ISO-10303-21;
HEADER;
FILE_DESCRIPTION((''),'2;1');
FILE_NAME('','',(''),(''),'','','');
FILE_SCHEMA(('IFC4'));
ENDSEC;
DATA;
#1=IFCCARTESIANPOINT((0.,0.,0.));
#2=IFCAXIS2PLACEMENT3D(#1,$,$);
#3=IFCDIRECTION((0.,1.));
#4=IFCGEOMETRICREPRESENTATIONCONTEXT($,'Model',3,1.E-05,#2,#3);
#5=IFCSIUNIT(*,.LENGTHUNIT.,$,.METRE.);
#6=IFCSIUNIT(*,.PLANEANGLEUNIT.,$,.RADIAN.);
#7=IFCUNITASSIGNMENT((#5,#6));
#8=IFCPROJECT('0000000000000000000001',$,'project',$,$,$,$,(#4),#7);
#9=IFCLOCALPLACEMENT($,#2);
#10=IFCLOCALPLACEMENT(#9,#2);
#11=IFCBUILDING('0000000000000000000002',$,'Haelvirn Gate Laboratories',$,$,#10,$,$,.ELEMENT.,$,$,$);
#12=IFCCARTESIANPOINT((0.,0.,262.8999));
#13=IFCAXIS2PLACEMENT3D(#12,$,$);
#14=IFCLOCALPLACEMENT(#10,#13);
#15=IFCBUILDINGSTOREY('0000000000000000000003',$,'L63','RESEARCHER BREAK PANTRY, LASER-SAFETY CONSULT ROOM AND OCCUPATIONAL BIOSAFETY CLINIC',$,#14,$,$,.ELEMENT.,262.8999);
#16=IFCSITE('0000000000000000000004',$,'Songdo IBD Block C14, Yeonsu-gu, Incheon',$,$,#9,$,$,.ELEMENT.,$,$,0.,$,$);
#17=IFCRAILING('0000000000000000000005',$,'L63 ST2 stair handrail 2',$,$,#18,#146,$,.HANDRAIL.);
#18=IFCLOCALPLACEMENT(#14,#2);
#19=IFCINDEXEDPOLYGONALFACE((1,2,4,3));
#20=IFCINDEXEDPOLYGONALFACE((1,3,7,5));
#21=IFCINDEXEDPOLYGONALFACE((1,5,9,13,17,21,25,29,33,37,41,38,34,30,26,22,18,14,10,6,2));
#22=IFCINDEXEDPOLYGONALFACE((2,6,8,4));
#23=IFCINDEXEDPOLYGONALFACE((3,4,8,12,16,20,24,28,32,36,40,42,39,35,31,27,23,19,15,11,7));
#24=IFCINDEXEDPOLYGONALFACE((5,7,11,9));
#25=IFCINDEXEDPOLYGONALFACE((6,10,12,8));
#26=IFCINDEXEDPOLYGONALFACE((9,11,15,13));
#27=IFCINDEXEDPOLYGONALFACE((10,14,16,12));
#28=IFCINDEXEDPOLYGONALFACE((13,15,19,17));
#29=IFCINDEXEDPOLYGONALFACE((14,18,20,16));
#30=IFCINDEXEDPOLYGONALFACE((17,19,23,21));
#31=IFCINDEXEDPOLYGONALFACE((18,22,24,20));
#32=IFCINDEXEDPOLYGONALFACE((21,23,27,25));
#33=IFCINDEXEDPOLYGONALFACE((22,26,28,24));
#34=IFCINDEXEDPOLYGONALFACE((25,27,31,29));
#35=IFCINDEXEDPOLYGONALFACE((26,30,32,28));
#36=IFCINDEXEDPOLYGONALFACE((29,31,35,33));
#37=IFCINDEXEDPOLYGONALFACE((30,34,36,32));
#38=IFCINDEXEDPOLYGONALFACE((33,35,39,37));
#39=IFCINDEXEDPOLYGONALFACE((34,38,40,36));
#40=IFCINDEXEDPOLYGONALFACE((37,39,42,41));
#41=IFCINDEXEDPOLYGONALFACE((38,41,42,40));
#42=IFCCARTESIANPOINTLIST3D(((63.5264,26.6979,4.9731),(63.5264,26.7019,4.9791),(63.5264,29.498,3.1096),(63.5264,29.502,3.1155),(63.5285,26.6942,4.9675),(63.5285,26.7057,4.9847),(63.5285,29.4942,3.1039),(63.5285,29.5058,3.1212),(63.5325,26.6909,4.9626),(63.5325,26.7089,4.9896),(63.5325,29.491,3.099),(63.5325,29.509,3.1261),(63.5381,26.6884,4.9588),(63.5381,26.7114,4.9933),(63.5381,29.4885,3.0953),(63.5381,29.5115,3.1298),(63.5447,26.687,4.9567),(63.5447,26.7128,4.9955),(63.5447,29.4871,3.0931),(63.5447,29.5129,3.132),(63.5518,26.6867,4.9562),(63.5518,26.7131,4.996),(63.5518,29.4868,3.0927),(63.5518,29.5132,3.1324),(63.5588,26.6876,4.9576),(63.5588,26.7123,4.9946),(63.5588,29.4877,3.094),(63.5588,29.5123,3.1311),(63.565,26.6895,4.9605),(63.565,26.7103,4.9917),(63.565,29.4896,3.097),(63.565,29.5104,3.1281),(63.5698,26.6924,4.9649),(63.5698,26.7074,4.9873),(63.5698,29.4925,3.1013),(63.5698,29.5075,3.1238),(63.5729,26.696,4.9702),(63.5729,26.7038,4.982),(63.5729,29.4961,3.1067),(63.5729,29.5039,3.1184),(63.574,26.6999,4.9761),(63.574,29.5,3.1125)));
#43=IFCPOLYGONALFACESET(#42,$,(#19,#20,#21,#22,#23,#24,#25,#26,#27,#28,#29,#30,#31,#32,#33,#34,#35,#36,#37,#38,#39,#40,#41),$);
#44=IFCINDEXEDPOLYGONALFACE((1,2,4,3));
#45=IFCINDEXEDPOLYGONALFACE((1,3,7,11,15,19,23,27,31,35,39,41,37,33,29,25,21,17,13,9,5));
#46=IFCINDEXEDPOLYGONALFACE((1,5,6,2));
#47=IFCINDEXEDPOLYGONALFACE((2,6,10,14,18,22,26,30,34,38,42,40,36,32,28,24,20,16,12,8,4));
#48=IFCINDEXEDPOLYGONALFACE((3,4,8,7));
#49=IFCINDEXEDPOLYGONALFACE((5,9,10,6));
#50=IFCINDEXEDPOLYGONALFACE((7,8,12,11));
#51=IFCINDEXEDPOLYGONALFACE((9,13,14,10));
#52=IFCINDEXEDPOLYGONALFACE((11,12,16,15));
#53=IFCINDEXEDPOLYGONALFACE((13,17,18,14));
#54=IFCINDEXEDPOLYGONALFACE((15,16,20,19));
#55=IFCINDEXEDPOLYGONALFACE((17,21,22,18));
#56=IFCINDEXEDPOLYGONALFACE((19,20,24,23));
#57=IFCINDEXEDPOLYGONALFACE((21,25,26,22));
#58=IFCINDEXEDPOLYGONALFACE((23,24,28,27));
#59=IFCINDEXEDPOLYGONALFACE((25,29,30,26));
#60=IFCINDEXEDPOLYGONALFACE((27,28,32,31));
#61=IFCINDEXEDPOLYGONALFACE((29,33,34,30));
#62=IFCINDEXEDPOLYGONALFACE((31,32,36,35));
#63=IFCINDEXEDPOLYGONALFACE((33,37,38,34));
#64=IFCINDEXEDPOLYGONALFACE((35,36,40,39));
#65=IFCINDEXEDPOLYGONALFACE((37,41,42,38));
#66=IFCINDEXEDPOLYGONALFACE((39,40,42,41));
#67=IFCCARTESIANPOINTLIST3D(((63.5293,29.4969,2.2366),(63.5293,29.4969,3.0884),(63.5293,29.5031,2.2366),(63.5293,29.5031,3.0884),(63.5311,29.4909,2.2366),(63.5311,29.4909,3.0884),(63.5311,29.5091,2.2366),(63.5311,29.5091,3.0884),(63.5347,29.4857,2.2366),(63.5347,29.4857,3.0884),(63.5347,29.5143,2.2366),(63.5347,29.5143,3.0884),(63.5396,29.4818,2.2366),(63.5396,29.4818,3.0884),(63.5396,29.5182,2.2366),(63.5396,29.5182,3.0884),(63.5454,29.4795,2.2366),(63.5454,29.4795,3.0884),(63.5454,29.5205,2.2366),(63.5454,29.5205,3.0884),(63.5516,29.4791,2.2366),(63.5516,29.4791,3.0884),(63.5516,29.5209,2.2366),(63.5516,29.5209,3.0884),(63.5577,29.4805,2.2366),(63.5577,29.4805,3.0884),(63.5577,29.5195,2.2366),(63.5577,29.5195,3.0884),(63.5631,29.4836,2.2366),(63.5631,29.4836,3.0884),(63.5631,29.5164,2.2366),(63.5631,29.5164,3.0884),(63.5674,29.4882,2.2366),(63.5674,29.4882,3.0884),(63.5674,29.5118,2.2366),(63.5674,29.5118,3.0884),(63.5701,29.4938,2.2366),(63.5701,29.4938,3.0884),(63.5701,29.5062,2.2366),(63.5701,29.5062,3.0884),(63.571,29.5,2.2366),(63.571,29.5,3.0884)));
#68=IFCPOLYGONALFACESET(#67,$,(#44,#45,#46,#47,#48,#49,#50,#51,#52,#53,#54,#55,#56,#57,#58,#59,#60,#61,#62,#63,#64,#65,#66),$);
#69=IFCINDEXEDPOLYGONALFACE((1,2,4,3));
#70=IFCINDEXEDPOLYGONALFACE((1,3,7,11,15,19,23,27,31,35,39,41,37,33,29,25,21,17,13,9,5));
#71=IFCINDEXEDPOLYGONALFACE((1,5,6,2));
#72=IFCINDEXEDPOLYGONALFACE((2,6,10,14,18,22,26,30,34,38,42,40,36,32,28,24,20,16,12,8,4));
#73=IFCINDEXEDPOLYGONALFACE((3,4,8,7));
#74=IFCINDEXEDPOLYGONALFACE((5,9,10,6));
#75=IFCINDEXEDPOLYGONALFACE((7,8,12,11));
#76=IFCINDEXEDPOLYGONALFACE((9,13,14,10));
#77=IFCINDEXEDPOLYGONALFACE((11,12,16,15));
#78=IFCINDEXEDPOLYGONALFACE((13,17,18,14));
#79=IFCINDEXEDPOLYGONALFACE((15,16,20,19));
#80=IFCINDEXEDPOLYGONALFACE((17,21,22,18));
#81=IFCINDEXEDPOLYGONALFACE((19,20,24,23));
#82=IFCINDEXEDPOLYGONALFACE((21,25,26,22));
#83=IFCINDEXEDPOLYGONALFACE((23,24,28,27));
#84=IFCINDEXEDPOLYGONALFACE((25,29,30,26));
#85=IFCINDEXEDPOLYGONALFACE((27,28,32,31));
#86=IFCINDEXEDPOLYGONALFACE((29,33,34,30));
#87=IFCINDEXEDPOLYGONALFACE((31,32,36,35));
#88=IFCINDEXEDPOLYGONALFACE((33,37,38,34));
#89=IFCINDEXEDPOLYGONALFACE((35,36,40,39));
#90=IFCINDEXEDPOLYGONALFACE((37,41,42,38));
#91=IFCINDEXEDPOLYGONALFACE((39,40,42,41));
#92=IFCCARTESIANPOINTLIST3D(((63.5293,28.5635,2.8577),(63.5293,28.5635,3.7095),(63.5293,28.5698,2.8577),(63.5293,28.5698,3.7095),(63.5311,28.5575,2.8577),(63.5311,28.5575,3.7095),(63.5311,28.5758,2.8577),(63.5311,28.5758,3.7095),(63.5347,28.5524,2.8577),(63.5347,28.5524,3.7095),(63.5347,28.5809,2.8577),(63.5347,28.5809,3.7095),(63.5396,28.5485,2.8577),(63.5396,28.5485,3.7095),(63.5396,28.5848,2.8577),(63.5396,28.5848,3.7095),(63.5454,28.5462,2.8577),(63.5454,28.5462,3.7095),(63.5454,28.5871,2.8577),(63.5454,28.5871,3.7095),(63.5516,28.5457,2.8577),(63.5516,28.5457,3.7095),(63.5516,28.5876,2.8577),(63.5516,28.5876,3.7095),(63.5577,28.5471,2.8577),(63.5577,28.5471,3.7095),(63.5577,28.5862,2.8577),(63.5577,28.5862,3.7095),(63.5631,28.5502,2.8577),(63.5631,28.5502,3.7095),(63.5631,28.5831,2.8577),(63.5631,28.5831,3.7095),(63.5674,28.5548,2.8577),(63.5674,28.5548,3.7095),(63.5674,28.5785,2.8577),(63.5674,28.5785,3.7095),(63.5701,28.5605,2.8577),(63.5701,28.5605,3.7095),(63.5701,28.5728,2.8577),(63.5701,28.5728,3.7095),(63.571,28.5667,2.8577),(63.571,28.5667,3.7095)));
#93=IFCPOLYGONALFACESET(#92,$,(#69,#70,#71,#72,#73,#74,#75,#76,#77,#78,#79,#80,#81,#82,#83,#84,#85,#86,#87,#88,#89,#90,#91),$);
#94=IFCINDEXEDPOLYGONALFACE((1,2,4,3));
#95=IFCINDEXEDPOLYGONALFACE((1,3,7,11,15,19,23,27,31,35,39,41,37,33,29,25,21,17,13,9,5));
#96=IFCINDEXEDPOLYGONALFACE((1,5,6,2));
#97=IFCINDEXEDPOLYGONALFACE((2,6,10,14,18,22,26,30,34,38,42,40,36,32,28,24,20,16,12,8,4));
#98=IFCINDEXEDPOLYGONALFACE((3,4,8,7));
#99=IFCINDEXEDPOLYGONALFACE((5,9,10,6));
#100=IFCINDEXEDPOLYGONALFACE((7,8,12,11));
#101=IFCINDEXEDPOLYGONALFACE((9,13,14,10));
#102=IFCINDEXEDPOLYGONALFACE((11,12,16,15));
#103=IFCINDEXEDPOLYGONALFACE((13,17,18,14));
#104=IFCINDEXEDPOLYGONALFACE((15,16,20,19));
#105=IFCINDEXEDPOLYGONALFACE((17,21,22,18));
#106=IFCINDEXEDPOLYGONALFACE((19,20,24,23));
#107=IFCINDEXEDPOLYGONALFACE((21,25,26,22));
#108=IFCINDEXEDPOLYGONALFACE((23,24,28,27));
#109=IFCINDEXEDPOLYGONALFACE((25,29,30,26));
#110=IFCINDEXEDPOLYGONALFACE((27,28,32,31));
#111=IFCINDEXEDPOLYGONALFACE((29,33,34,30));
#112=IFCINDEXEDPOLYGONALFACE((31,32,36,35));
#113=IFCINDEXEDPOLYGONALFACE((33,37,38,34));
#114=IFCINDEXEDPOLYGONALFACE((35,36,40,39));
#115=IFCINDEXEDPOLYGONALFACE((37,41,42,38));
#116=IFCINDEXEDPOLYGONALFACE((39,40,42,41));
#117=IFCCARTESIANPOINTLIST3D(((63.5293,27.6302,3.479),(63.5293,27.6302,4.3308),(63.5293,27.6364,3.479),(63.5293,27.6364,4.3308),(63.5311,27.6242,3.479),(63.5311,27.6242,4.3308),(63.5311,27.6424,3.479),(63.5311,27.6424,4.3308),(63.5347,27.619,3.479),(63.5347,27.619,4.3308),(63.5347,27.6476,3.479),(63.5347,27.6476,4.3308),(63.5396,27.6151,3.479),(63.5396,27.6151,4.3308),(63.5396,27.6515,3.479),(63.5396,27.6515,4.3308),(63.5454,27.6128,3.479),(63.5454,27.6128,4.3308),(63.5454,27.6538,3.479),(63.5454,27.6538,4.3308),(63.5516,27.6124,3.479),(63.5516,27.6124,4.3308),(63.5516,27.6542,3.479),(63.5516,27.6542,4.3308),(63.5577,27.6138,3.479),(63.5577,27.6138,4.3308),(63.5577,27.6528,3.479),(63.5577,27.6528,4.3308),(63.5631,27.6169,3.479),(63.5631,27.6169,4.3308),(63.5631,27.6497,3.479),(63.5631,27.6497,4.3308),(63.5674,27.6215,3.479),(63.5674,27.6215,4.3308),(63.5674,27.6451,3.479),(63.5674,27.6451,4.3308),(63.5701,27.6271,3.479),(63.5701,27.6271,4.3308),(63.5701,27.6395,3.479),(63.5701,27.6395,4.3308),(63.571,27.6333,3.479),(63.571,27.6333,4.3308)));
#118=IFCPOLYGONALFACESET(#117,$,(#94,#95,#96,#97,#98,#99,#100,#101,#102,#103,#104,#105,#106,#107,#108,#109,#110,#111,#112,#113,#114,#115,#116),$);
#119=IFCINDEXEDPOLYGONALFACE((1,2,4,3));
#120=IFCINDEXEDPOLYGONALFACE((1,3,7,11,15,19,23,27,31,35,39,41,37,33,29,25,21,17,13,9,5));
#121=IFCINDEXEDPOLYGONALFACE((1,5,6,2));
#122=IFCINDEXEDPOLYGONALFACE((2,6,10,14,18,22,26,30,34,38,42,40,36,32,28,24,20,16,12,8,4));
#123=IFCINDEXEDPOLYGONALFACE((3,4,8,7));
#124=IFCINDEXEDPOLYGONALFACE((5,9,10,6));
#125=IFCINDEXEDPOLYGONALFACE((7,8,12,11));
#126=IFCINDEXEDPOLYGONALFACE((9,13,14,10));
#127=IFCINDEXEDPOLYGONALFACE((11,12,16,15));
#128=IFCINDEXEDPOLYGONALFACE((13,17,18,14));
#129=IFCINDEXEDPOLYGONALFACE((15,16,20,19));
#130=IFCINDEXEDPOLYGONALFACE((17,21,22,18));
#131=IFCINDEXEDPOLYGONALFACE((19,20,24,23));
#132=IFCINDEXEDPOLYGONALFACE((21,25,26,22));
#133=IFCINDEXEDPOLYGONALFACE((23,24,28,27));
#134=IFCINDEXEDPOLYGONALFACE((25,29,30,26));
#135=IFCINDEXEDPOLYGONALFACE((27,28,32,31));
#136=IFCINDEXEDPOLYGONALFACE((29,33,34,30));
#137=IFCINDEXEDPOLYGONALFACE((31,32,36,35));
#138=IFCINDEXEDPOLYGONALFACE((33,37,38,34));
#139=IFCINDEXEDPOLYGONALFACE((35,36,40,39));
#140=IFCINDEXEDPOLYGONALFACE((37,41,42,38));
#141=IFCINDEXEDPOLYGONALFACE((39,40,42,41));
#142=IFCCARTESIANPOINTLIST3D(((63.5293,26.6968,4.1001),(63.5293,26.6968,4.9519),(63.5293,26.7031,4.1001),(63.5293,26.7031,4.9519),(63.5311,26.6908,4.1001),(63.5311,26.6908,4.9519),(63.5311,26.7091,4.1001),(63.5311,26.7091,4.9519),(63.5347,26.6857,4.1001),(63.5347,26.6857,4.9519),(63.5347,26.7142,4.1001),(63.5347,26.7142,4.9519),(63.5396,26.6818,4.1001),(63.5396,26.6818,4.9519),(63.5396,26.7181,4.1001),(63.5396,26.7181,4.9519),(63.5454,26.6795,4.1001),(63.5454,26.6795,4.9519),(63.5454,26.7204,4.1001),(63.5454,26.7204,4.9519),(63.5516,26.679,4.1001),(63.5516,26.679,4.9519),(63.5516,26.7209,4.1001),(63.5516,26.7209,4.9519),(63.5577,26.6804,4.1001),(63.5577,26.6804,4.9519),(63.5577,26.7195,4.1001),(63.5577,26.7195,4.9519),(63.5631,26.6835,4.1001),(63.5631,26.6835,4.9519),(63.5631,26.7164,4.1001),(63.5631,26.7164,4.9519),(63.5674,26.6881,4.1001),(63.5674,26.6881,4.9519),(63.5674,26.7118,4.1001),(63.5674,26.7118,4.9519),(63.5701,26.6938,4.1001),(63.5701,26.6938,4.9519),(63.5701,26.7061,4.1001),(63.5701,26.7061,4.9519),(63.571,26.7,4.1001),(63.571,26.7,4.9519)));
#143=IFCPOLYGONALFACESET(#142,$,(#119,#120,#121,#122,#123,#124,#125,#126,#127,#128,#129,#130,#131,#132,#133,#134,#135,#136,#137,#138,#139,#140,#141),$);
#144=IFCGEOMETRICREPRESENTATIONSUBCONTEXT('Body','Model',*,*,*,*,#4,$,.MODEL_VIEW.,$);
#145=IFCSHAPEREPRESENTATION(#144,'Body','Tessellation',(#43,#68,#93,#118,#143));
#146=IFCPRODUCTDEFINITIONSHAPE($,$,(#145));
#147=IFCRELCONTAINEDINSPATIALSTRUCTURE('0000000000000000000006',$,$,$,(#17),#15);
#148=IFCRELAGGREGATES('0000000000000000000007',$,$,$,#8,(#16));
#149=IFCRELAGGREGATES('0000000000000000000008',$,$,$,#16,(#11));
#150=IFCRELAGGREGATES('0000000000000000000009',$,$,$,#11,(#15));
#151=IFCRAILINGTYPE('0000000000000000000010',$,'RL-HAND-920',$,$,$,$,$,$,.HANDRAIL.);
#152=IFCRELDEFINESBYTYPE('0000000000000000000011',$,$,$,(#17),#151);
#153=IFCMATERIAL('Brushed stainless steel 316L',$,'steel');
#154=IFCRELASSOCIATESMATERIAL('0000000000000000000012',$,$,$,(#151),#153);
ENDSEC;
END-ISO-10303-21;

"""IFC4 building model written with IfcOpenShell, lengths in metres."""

from ifc_helpers import new_model, si_unit, direction, frame, origin, origin_2d, place, context, subcontext, project, spatial, circle, extrude, source, transform, mapped, material, type_object, element, save


model = new_model("IFC4")

# Units and contexts
model_context = context("Model", 3, precision=1e-05, world=origin(), true_north=direction((0.0, 1.0)))
body_context = subcontext(model_context, "Body", "Model", "MODEL_VIEW")
ifc_project = project(units=[si_unit("LENGTHUNIT", "METRE"), si_unit("PLANEANGLEUNIT", "RADIAN")], contexts=[model_context])

# Site, building, storey
site_placement = place(None, origin())
site = spatial("IfcSite", under=ifc_project, at=site_placement, Name="Songdo IBD Block C14, Yeonsu-gu, Incheon", CompositionType="ELEMENT", RefElevation=0.0)
building_placement = place(site_placement, origin())
building = spatial("IfcBuilding", under=site, at=building_placement, Name="Haelvirn Gate Laboratories", CompositionType="ELEMENT")
storey_placement = place(building_placement, frame((0.0, 0.0, 262.8999)))
storey = spatial("IfcBuildingStorey", under=building, at=storey_placement, Name="L63", Description="RESEARCHER BREAK PANTRY, LASER-SAFETY CONSULT ROOM AND OCCUPATIONAL BIOSAFETY CLINIC", CompositionType="ELEMENT", Elevation=262.8999)

# Railing
ifc_material_1 = material(Name="Brushed stainless steel 316L", Category="steel")
railing_type_1 = type_object("IfcRailingType", Name="RL-HAND-920", PredefinedType="HANDRAIL", material=ifc_material_1)
shared_shape_1 = source(origin(), body_context, "Body", "SweptSolid", [
    extrude(circle(Radius=0.0239, at=origin_2d()), frame((0.0, 0.0, 0.876), z_axis=(0.0, -0.832486, 0.554047), x_axis=(1.0, 0.0, 0.0)), (0.0, 0.0, 1.0), 3.3635),
    extrude(circle(Radius=0.021, at=origin_2d()), origin(), (0.0, 0.0, 1.0), 0.8518),
    extrude(circle(Radius=0.021, at=origin_2d()), frame((0.0, -0.9333, 0.6211)), (0.0, 0.0, 1.0), 0.8518),
    extrude(circle(Radius=0.021, at=origin_2d()), frame((0.0, -1.8667, 1.2424)), (0.0, 0.0, 1.0), 0.8518),
    extrude(circle(Radius=0.021, at=origin_2d()), frame((0.0, -2.8, 1.8635)), (0.0, 0.0, 1.0), 0.8518),
])
railing_1_placement = place(storey_placement, frame((63.55, 29.5, 2.2366)))
element("IfcRailing", 1, at=railing_1_placement, inside=storey, type_object=railing_type_1, Name="L63 ST2 stair handrail 2", PredefinedType="HANDRAIL", context=body_context, shape_type="MappedRepresentation", body=[
    mapped(shared_shape_1, transform((0.0, 0.0, 0.0), scale=1.0)),
])

save(model, "model.ifc")
